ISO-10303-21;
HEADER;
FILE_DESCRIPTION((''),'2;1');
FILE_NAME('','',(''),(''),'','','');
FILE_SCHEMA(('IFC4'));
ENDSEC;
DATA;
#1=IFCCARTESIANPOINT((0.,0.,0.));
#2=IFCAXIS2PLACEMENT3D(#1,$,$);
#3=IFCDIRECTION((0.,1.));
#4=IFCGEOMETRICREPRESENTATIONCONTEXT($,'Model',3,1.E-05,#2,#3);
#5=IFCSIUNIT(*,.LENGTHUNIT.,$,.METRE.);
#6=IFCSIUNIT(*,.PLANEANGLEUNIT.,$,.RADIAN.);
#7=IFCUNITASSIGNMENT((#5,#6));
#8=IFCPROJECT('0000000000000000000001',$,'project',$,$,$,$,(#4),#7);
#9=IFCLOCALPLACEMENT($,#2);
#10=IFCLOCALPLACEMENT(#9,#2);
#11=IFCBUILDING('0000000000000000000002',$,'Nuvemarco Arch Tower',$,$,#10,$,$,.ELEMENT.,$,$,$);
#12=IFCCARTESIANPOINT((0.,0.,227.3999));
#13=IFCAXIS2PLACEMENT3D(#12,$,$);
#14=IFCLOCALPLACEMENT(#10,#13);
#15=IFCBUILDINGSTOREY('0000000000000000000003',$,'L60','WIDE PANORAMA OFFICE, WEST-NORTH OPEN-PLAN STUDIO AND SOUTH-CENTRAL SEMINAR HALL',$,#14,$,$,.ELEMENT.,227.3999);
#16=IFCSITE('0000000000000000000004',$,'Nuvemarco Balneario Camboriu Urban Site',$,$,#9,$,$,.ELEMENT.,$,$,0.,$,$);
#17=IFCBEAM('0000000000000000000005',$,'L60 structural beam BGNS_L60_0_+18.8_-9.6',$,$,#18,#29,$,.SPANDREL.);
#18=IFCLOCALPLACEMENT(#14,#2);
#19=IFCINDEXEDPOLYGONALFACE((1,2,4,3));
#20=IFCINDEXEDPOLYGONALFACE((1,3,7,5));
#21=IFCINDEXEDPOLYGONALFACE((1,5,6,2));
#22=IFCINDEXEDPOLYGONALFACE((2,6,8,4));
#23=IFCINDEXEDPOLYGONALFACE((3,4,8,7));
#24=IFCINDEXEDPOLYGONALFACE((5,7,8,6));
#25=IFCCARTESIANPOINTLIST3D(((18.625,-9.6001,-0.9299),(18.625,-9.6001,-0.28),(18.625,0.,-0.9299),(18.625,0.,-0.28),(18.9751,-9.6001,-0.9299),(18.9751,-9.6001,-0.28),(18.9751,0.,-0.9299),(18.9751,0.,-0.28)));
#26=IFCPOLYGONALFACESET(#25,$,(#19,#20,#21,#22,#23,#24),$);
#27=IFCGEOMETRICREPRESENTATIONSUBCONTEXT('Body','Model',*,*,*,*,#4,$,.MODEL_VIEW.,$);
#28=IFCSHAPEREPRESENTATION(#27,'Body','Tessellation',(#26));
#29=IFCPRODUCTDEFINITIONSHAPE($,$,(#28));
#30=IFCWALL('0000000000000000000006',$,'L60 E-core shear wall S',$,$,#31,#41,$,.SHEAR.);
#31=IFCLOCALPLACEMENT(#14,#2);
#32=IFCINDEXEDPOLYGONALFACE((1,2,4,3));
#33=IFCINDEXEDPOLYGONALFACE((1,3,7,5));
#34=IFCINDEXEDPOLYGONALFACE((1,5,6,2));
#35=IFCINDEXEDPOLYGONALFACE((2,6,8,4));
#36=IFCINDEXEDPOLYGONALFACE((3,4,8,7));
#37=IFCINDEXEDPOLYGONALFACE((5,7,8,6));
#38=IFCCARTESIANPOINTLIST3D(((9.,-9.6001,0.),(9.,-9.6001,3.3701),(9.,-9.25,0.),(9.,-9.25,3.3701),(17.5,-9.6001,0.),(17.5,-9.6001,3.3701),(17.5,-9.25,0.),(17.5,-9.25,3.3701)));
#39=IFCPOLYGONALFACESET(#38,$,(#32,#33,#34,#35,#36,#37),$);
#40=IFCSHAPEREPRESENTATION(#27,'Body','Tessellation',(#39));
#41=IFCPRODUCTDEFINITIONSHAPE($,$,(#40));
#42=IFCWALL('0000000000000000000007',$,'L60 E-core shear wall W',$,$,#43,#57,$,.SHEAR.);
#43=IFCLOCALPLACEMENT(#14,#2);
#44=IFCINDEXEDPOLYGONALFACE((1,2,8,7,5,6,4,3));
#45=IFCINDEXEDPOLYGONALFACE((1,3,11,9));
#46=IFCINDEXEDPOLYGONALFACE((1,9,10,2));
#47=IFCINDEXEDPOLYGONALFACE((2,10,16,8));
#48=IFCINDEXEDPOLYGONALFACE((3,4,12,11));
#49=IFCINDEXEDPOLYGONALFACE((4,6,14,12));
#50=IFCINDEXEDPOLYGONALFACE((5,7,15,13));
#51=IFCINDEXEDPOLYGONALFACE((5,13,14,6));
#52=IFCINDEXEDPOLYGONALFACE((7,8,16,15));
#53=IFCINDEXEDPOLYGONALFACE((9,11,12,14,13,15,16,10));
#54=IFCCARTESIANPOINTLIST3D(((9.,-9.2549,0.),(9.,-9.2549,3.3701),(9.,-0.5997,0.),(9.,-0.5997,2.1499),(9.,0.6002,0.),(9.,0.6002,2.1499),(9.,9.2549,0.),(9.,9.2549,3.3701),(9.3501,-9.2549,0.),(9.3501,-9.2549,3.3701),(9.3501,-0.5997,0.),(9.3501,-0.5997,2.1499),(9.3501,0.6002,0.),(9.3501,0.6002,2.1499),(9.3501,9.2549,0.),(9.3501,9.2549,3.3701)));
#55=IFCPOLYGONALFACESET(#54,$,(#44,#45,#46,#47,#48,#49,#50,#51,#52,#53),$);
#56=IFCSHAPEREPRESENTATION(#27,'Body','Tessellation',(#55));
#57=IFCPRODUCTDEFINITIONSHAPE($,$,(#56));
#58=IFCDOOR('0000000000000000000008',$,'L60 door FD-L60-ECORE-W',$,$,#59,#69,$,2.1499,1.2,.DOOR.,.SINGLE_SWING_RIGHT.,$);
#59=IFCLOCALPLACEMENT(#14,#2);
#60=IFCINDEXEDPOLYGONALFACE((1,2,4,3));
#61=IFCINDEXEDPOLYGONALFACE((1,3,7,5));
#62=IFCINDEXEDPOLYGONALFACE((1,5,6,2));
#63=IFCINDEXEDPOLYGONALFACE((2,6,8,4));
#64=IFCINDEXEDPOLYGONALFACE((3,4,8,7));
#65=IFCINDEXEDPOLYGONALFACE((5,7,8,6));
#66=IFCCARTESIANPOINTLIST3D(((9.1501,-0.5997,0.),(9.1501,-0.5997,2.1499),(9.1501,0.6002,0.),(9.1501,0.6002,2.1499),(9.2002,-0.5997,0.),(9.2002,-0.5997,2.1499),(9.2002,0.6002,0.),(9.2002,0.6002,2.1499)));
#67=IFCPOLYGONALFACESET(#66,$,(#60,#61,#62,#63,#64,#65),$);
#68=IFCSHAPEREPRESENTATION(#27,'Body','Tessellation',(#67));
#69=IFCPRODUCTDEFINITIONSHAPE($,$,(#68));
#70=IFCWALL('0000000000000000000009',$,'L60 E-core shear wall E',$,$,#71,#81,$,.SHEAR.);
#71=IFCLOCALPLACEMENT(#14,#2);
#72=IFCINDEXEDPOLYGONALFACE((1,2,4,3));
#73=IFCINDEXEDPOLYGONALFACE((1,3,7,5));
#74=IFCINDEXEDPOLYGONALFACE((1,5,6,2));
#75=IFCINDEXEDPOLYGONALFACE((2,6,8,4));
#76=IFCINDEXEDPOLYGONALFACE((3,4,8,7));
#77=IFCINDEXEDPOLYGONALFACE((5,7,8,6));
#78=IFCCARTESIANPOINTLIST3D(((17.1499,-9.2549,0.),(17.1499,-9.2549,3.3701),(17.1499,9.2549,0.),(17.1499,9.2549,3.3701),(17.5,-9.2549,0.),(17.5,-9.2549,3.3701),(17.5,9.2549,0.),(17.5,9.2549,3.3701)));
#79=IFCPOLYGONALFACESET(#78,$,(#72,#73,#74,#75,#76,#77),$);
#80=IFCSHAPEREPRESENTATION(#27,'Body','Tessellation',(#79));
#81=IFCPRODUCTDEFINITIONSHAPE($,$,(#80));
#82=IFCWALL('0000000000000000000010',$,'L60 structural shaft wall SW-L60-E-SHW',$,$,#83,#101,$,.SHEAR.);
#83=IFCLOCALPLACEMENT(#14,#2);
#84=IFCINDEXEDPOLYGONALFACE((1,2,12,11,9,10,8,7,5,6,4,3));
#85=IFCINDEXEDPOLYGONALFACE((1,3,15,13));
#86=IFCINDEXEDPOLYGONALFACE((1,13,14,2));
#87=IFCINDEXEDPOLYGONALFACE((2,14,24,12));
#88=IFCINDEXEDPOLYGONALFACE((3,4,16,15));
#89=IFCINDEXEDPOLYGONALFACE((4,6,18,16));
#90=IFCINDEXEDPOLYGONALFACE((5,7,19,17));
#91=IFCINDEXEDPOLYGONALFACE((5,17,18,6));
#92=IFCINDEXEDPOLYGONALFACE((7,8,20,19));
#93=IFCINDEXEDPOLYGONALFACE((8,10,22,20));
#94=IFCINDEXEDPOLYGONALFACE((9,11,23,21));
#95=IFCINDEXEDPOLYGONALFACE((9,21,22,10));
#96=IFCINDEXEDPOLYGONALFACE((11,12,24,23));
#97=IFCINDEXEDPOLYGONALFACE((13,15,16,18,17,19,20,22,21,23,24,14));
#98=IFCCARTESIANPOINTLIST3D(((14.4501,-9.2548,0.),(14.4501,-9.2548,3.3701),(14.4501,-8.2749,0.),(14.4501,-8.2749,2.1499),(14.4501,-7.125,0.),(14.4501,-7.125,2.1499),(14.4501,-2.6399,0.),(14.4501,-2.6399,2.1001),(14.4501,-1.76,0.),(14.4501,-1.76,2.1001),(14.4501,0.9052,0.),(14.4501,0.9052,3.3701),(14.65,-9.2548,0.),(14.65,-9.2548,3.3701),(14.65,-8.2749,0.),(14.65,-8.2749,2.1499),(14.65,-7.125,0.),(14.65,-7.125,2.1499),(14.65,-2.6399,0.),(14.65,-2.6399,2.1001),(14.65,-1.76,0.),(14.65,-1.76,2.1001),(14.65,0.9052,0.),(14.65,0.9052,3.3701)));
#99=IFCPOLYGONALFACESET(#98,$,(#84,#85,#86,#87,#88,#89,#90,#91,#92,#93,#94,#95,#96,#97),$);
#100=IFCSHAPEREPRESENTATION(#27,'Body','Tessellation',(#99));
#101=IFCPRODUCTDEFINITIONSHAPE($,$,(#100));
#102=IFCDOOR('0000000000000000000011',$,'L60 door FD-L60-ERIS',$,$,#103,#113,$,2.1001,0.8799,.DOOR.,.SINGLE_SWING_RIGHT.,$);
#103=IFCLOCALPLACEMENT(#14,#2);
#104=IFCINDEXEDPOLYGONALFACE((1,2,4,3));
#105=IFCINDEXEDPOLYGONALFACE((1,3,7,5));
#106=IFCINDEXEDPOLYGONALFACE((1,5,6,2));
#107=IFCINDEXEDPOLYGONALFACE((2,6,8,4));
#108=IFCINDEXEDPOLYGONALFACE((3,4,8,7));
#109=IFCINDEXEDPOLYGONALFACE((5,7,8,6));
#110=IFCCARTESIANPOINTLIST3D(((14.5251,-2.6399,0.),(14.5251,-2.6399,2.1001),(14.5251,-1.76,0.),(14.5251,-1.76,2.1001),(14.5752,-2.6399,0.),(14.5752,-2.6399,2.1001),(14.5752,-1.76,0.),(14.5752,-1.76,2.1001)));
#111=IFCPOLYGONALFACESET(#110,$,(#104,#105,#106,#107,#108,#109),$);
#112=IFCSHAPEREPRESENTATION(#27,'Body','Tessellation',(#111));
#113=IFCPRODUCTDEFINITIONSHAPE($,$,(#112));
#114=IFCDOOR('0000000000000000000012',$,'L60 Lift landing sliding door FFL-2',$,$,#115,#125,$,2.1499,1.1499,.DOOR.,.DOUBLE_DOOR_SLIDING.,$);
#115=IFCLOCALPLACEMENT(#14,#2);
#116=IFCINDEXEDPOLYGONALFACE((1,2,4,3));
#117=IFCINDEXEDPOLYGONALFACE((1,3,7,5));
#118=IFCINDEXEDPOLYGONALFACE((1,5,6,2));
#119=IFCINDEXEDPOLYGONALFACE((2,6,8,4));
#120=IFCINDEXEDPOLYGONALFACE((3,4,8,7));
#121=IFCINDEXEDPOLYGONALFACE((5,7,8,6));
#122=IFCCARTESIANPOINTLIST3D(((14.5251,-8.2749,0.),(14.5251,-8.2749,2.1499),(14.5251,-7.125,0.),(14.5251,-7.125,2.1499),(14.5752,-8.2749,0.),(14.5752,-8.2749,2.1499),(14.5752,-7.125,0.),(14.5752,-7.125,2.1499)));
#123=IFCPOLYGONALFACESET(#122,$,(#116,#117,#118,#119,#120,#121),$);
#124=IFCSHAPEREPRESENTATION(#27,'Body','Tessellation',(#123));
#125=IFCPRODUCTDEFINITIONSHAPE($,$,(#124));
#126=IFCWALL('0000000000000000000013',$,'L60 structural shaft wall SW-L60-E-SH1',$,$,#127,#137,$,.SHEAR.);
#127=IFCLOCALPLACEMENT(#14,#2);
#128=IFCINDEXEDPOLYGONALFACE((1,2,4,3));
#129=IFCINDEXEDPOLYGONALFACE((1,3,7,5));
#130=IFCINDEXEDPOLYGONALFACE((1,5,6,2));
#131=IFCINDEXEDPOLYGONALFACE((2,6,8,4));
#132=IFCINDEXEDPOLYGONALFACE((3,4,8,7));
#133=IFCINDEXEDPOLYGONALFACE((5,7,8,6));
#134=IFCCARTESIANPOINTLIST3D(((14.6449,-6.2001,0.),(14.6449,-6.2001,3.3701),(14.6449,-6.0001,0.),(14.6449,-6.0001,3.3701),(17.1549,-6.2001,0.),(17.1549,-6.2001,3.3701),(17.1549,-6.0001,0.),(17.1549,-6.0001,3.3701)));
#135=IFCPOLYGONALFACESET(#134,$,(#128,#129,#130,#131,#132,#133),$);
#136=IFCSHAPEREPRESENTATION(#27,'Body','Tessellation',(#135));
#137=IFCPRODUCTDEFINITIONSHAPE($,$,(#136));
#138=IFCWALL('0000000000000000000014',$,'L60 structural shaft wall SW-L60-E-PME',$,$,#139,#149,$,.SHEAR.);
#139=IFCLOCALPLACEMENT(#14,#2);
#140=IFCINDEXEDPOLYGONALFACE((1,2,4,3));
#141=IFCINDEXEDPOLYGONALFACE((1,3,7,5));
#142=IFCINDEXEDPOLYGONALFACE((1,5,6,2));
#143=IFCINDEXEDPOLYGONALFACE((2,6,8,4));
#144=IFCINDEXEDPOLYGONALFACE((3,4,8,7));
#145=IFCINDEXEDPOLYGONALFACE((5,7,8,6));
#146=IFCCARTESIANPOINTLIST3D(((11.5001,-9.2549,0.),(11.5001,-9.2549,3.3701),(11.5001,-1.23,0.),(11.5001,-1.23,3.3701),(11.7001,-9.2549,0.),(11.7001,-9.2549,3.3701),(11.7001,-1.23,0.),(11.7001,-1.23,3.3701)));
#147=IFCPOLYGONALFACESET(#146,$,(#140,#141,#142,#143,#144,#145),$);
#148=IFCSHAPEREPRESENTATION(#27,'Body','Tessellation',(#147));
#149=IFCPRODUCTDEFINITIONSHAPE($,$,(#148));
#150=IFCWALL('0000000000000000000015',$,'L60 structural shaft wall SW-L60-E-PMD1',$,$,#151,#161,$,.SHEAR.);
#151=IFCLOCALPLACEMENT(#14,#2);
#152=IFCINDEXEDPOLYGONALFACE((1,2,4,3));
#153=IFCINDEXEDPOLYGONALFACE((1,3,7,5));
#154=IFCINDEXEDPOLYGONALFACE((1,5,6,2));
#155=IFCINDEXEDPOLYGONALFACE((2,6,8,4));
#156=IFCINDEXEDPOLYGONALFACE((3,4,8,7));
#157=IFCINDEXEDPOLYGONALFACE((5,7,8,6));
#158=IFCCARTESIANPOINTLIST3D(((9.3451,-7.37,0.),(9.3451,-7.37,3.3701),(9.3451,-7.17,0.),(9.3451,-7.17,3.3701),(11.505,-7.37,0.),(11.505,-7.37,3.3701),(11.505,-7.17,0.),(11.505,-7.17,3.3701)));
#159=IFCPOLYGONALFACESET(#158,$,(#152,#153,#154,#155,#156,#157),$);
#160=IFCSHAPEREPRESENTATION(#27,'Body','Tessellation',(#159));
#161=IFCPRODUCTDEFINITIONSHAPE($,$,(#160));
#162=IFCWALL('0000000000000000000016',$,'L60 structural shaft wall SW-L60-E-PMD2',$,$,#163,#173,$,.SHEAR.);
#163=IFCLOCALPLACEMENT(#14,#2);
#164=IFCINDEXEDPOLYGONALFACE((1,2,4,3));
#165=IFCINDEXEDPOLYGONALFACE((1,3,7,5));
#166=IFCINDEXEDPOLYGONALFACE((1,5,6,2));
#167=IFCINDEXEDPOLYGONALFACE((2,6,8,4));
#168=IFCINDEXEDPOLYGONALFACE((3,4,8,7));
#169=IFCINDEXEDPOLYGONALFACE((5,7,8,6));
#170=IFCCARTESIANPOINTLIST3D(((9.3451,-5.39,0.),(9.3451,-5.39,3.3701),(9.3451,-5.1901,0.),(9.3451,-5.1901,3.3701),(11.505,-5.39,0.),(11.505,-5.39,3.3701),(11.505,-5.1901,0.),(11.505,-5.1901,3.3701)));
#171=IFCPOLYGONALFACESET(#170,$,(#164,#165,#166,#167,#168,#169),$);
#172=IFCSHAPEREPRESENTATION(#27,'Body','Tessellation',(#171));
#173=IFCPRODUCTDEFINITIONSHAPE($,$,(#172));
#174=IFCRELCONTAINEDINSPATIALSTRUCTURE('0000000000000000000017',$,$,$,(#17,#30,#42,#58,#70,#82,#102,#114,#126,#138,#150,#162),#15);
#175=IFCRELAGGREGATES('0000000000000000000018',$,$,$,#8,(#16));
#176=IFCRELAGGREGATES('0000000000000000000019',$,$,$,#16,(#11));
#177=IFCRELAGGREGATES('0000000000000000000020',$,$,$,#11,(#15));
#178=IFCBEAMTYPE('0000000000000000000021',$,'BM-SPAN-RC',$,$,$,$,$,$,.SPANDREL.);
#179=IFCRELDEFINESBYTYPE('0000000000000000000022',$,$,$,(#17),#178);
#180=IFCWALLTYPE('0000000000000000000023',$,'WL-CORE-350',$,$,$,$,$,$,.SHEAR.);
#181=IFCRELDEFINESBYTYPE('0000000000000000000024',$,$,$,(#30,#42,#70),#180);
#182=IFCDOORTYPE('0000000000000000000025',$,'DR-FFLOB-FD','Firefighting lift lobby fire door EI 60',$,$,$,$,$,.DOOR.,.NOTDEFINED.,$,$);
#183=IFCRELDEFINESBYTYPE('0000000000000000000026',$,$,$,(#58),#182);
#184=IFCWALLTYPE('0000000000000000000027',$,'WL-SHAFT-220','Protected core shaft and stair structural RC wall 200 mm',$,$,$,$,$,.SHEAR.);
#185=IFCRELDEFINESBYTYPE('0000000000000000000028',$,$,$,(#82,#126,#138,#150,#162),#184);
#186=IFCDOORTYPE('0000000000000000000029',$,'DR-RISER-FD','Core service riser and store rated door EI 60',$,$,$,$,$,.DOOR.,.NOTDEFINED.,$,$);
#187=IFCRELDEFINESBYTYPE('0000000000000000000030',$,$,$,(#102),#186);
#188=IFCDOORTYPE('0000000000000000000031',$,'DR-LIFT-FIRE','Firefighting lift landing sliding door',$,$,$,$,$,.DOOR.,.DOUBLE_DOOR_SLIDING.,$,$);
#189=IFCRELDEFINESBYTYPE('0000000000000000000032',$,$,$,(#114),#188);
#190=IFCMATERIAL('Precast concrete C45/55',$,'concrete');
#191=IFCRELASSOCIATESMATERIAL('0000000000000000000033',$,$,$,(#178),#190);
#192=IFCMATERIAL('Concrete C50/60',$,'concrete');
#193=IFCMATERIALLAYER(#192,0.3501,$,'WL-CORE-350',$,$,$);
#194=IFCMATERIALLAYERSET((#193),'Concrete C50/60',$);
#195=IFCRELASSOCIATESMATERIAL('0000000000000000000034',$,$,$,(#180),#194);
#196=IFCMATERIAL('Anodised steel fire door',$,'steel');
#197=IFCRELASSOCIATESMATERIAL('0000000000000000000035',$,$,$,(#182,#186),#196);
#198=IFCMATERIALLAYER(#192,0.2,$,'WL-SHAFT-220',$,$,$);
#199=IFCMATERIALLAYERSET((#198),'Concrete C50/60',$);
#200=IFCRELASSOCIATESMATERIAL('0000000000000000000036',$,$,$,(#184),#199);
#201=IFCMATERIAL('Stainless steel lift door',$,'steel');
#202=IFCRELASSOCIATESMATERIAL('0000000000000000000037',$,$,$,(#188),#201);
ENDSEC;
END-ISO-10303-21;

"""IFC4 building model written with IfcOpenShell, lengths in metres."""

from ifc_helpers import new_model, si_unit, direction, frame, frame_2d, origin, origin_2d, place, context, subcontext, project, spatial, rectangle, extrude, source, transform, mapped, material, layer, layer_set, material_profile, profile_set, type_object, type_shapes, element, fill, save


model = new_model("IFC4")

# Units and contexts
model_context = context("Model", 3, precision=1e-05, world=origin(), true_north=direction((0.0, 1.0)))
body_context = subcontext(model_context, "Body", "Model", "MODEL_VIEW")
ifc_project = project(units=[si_unit("LENGTHUNIT", "METRE"), si_unit("PLANEANGLEUNIT", "RADIAN")], contexts=[model_context])

# Site, building, storey
site_placement = place(None, origin())
site = spatial("IfcSite", under=ifc_project, at=site_placement, Name="Nuvemarco Balneario Camboriu Urban Site", CompositionType="ELEMENT", RefElevation=0.0)
building_placement = place(site_placement, origin())
building = spatial("IfcBuilding", under=site, at=building_placement, Name="Nuvemarco Arch Tower", CompositionType="ELEMENT")
storey_placement = place(building_placement, frame((0.0, 0.0, 227.3999)))
storey = spatial("IfcBuildingStorey", under=building, at=storey_placement, Name="L60", Description="WIDE PANORAMA OFFICE, WEST-NORTH OPEN-PLAN STUDIO AND SOUTH-CENTRAL SEMINAR HALL", CompositionType="ELEMENT", Elevation=227.3999)

# Shared definitions
ifc_material_1 = material(Name="Concrete C50/60", Category="concrete")

# Beam
ifc_material_2 = material(Name="Precast concrete C45/55", Category="concrete")
ifc_material_profile_1 = material_profile(ifc_material_2, rectangle(XDim=0.3501, YDim=0.6499, at=origin_2d()), Name="PC-SP-350x650")
ifc_profile_set_1 = profile_set([ifc_material_profile_1], Name="Precast concrete C45/55")
beam_type_1 = type_object("IfcBeamType", Name="BM-SPAN-RC", PredefinedType="SPANDREL", material=ifc_profile_set_1)
beam_1_placement = place(storey_placement, frame((18.8, -9.6001, -0.605), z_axis=(0.0, 1.0, 0.0), x_axis=(-1.0, 0.0, 0.0)))
element("IfcBeam", 1, at=beam_1_placement, inside=storey, type_object=beam_type_1, Name="L60 structural beam BGNS_L60_0_+18.8_-9.6", PredefinedType="SPANDREL", context=body_context, shape_type="SweptSolid", body=[
    extrude(rectangle(XDim=0.3501, YDim=0.6499, at=origin_2d()), origin(), (0.0, 0.0, 1.0), 9.6001),
])

# Wall
ifc_layer_1 = layer(ifc_material_1, 0.3501, Name="WL-CORE-350")
ifc_layer_set_1 = layer_set([ifc_layer_1], Name="Concrete C50/60")
wall_type_1 = type_object("IfcWallType", Name="WL-CORE-350", PredefinedType="SHEAR", material=ifc_layer_set_1)
wall_1_placement = place(storey_placement, frame((9.0, -9.425, 0.0), z_axis=(0.0, 0.0, 1.0), x_axis=(1.0, 0.0, 0.0)))
element("IfcWall", 2, at=wall_1_placement, inside=storey, type_object=wall_type_1, Name="L60 E-core shear wall S", PredefinedType="SHEAR", context=body_context, shape_type="SweptSolid", body=[
    extrude(rectangle(XDim=8.5, YDim=0.3501, at=frame_2d((4.25, 0.0))), origin(), (0.0, 0.0, 1.0), 3.3701),
])

# Wall, opening, door
wall_2_placement = place(storey_placement, frame((9.175, -9.2549, 0.0), z_axis=(0.0, 0.0, 1.0), x_axis=(0.0, 1.0, 0.0)))
wall_2 = element("IfcWall", 3, at=wall_2_placement, inside=storey, type_object=wall_type_1, Name="L60 E-core shear wall W", PredefinedType="SHEAR", context=body_context, shape_type="SweptSolid", body=[
    extrude(rectangle(XDim=18.5098, YDim=0.3501, at=frame_2d((9.2549, 0.0))), origin(), (0.0, 0.0, 1.0), 3.3701),
])
opening_1_placement = place(wall_2_placement, frame((8.655, 0.0, 0.0)))
opening_1 = element("IfcOpeningElement", 4, at=opening_1_placement, cuts=wall_2, PredefinedType="OPENING", context=body_context, shape_type="SweptSolid", body=[
    extrude(rectangle(XDim=1.2, YDim=2.1499, at=frame_2d((0.6001, 1.075))), frame((0.0, 0.1851, 0.0), z_axis=(0.0, -1.0, 0.0), x_axis=(1.0, 0.0, 0.0)), (0.0, 0.0, 1.0), 0.3701),
])
ifc_material_3 = material(Name="Anodised steel fire door", Category="steel")
door_type_1 = type_object("IfcDoorType", Name="DR-FFLOB-FD", Description="Firefighting lift lobby fire door EI 60", OperationType="NOTDEFINED", PredefinedType="DOOR", material=ifc_material_3)
shared_shape_1 = source(origin(), body_context, "Body", "SweptSolid", [
    extrude(rectangle(XDim=1.2, YDim=2.1499, at=frame_2d((0.6001, 1.075))), frame((0.0, 0.0249, 0.0), z_axis=(0.0, -1.0, 0.0), x_axis=(1.0, 0.0, 0.0)), (0.0, 0.0, 1.0), 0.05),
])
type_shapes(door_type_1, [shared_shape_1])
door_1_placement = place(opening_1_placement, origin())
door_1 = element("IfcDoor", 5, at=door_1_placement, inside=storey, type_object=door_type_1, Name="L60 door FD-L60-ECORE-W", OperationType="SINGLE_SWING_RIGHT", OverallHeight=2.1499, OverallWidth=1.2, PredefinedType="DOOR", context=body_context, shape_type="MappedRepresentation", body=[
    mapped(shared_shape_1, transform((0.0, 0.0, 0.0), scale=1.0)),
])
fill(opening_1, door_1)

# Wall
wall_3_placement = place(storey_placement, frame((17.325, -9.2549, 0.0), z_axis=(0.0, 0.0, 1.0), x_axis=(0.0, 1.0, 0.0)))
element("IfcWall", 6, at=wall_3_placement, inside=storey, type_object=wall_type_1, Name="L60 E-core shear wall E", PredefinedType="SHEAR", context=body_context, shape_type="SweptSolid", body=[
    extrude(rectangle(XDim=18.5098, YDim=0.3501, at=frame_2d((9.2549, 0.0))), origin(), (0.0, 0.0, 1.0), 3.3701),
])

# Wall, openings, doors
ifc_layer_2 = layer(ifc_material_1, 0.2, Name="WL-SHAFT-220")
ifc_layer_set_2 = layer_set([ifc_layer_2], Name="Concrete C50/60")
wall_type_2 = type_object("IfcWallType", Name="WL-SHAFT-220", Description="Protected core shaft and stair structural RC wall 200 mm", PredefinedType="SHEAR", material=ifc_layer_set_2)
wall_4_placement = place(storey_placement, frame((14.55, -9.2549, 0.0), z_axis=(0.0, 0.0, 1.0), x_axis=(0.0, 1.0, 0.0)))
wall_4 = element("IfcWall", 7, at=wall_4_placement, inside=storey, type_object=wall_type_2, Name="L60 structural shaft wall SW-L60-E-SHW", PredefinedType="SHEAR", context=body_context, shape_type="SweptSolid", body=[
    extrude(rectangle(XDim=10.1599, YDim=0.2, at=frame_2d((5.0801, 0.0))), origin(), (0.0, 0.0, 1.0), 3.3701),
])
opening_2_placement = place(wall_4_placement, frame((6.615, 0.0, 0.0)))
opening_2 = element("IfcOpeningElement", 8, at=opening_2_placement, cuts=wall_4, PredefinedType="OPENING", context=body_context, shape_type="SweptSolid", body=[
    extrude(rectangle(XDim=0.8799, YDim=2.1001, at=frame_2d((0.4399, 1.05))), frame((0.0, 0.1099, 0.0), z_axis=(0.0, -1.0, 0.0), x_axis=(1.0, 0.0, 0.0)), (0.0, 0.0, 1.0), 0.22),
])
opening_3_placement = place(wall_4_placement, frame((0.98, 0.0, 0.0)))
opening_3 = element("IfcOpeningElement", 9, at=opening_3_placement, cuts=wall_4, PredefinedType="OPENING", context=body_context, shape_type="SweptSolid", body=[
    extrude(rectangle(XDim=1.1499, YDim=2.1499, at=frame_2d((0.575, 1.075))), frame((0.0, 0.1099, 0.0), z_axis=(0.0, -1.0, 0.0), x_axis=(1.0, 0.0, 0.0)), (0.0, 0.0, 1.0), 0.22),
])
door_type_2 = type_object("IfcDoorType", Name="DR-RISER-FD", Description="Core service riser and store rated door EI 60", OperationType="NOTDEFINED", PredefinedType="DOOR", material=ifc_material_3)
shared_shape_2 = source(origin(), body_context, "Body", "SweptSolid", [
    extrude(rectangle(XDim=0.8799, YDim=2.1001, at=frame_2d((0.4399, 1.05))), frame((0.0, 0.0249, 0.0), z_axis=(0.0, -1.0, 0.0), x_axis=(1.0, 0.0, 0.0)), (0.0, 0.0, 1.0), 0.05),
])
type_shapes(door_type_2, [shared_shape_2])
door_2_placement = place(opening_2_placement, origin())
door_2 = element("IfcDoor", 10, at=door_2_placement, inside=storey, type_object=door_type_2, Name="L60 door FD-L60-ERIS", OperationType="SINGLE_SWING_RIGHT", OverallHeight=2.1001, OverallWidth=0.8799, PredefinedType="DOOR", context=body_context, shape_type="MappedRepresentation", body=[
    mapped(shared_shape_2, transform((0.0, 0.0, 0.0), scale=1.0)),
])
fill(opening_2, door_2)
ifc_material_4 = material(Name="Stainless steel lift door", Category="steel")
door_type_3 = type_object("IfcDoorType", Name="DR-LIFT-FIRE", Description="Firefighting lift landing sliding door", OperationType="DOUBLE_DOOR_SLIDING", PredefinedType="DOOR", material=ifc_material_4)
shared_shape_3 = source(origin(), body_context, "Body", "SweptSolid", [
    extrude(rectangle(XDim=1.1499, YDim=2.1499, at=frame_2d((0.575, 1.075))), frame((0.0, 0.0249, 0.0), z_axis=(0.0, -1.0, 0.0), x_axis=(1.0, 0.0, 0.0)), (0.0, 0.0, 1.0), 0.05),
])
type_shapes(door_type_3, [shared_shape_3])
door_3_placement = place(opening_3_placement, origin())
door_3 = element("IfcDoor", 11, at=door_3_placement, inside=storey, type_object=door_type_3, Name="L60 Lift landing sliding door FFL-2", OperationType="DOUBLE_DOOR_SLIDING", OverallHeight=2.1499, OverallWidth=1.1499, PredefinedType="DOOR", context=body_context, shape_type="MappedRepresentation", body=[
    mapped(shared_shape_3, transform((0.0, 0.0, 0.0), scale=1.0)),
])
fill(opening_3, door_3)

# Walls
wall_5_placement = place(storey_placement, frame((14.645, -6.1001, 0.0), z_axis=(0.0, 0.0, 1.0), x_axis=(1.0, 0.0, 0.0)))
element("IfcWall", 12, at=wall_5_placement, inside=storey, type_object=wall_type_2, Name="L60 structural shaft wall SW-L60-E-SH1", PredefinedType="SHEAR", context=body_context, shape_type="SweptSolid", body=[
    extrude(rectangle(XDim=2.51, YDim=0.2, at=frame_2d((1.2549, 0.0))), origin(), (0.0, 0.0, 1.0), 3.3701),
])
wall_6_placement = place(storey_placement, frame((11.6001, -9.2549, 0.0), z_axis=(0.0, 0.0, 1.0), x_axis=(0.0, 1.0, 0.0)))
element("IfcWall", 13, at=wall_6_placement, inside=storey, type_object=wall_type_2, Name="L60 structural shaft wall SW-L60-E-PME", PredefinedType="SHEAR", context=body_context, shape_type="SweptSolid", body=[
    extrude(rectangle(XDim=8.0249, YDim=0.2, at=frame_2d((4.0125, 0.0))), origin(), (0.0, 0.0, 1.0), 3.3701),
])

# Walls
for number, where, z_axis, x_axis, name in (
    (14, (9.345, -7.27, 0.0), (0.0, 0.0, 1.0), (1.0, 0.0, 0.0), "L60 structural shaft wall SW-L60-E-PMD1"),
    (15, (9.345, -5.29, 0.0), (0.0, 0.0, 1.0), (1.0, 0.0, 0.0), "L60 structural shaft wall SW-L60-E-PMD2"),
):
    element("IfcWall", number, at=place(storey_placement, frame(where, z_axis=z_axis, x_axis=x_axis)), inside=storey, type_object=wall_type_2, Name=name, PredefinedType="SHEAR", context=body_context, shape_type="SweptSolid", body=[
        extrude(rectangle(XDim=2.1599, YDim=0.2, at=frame_2d((1.0801, 0.0))), origin(), (0.0, 0.0, 1.0), 3.3701),
    ])

save(model, "model.ifc")
